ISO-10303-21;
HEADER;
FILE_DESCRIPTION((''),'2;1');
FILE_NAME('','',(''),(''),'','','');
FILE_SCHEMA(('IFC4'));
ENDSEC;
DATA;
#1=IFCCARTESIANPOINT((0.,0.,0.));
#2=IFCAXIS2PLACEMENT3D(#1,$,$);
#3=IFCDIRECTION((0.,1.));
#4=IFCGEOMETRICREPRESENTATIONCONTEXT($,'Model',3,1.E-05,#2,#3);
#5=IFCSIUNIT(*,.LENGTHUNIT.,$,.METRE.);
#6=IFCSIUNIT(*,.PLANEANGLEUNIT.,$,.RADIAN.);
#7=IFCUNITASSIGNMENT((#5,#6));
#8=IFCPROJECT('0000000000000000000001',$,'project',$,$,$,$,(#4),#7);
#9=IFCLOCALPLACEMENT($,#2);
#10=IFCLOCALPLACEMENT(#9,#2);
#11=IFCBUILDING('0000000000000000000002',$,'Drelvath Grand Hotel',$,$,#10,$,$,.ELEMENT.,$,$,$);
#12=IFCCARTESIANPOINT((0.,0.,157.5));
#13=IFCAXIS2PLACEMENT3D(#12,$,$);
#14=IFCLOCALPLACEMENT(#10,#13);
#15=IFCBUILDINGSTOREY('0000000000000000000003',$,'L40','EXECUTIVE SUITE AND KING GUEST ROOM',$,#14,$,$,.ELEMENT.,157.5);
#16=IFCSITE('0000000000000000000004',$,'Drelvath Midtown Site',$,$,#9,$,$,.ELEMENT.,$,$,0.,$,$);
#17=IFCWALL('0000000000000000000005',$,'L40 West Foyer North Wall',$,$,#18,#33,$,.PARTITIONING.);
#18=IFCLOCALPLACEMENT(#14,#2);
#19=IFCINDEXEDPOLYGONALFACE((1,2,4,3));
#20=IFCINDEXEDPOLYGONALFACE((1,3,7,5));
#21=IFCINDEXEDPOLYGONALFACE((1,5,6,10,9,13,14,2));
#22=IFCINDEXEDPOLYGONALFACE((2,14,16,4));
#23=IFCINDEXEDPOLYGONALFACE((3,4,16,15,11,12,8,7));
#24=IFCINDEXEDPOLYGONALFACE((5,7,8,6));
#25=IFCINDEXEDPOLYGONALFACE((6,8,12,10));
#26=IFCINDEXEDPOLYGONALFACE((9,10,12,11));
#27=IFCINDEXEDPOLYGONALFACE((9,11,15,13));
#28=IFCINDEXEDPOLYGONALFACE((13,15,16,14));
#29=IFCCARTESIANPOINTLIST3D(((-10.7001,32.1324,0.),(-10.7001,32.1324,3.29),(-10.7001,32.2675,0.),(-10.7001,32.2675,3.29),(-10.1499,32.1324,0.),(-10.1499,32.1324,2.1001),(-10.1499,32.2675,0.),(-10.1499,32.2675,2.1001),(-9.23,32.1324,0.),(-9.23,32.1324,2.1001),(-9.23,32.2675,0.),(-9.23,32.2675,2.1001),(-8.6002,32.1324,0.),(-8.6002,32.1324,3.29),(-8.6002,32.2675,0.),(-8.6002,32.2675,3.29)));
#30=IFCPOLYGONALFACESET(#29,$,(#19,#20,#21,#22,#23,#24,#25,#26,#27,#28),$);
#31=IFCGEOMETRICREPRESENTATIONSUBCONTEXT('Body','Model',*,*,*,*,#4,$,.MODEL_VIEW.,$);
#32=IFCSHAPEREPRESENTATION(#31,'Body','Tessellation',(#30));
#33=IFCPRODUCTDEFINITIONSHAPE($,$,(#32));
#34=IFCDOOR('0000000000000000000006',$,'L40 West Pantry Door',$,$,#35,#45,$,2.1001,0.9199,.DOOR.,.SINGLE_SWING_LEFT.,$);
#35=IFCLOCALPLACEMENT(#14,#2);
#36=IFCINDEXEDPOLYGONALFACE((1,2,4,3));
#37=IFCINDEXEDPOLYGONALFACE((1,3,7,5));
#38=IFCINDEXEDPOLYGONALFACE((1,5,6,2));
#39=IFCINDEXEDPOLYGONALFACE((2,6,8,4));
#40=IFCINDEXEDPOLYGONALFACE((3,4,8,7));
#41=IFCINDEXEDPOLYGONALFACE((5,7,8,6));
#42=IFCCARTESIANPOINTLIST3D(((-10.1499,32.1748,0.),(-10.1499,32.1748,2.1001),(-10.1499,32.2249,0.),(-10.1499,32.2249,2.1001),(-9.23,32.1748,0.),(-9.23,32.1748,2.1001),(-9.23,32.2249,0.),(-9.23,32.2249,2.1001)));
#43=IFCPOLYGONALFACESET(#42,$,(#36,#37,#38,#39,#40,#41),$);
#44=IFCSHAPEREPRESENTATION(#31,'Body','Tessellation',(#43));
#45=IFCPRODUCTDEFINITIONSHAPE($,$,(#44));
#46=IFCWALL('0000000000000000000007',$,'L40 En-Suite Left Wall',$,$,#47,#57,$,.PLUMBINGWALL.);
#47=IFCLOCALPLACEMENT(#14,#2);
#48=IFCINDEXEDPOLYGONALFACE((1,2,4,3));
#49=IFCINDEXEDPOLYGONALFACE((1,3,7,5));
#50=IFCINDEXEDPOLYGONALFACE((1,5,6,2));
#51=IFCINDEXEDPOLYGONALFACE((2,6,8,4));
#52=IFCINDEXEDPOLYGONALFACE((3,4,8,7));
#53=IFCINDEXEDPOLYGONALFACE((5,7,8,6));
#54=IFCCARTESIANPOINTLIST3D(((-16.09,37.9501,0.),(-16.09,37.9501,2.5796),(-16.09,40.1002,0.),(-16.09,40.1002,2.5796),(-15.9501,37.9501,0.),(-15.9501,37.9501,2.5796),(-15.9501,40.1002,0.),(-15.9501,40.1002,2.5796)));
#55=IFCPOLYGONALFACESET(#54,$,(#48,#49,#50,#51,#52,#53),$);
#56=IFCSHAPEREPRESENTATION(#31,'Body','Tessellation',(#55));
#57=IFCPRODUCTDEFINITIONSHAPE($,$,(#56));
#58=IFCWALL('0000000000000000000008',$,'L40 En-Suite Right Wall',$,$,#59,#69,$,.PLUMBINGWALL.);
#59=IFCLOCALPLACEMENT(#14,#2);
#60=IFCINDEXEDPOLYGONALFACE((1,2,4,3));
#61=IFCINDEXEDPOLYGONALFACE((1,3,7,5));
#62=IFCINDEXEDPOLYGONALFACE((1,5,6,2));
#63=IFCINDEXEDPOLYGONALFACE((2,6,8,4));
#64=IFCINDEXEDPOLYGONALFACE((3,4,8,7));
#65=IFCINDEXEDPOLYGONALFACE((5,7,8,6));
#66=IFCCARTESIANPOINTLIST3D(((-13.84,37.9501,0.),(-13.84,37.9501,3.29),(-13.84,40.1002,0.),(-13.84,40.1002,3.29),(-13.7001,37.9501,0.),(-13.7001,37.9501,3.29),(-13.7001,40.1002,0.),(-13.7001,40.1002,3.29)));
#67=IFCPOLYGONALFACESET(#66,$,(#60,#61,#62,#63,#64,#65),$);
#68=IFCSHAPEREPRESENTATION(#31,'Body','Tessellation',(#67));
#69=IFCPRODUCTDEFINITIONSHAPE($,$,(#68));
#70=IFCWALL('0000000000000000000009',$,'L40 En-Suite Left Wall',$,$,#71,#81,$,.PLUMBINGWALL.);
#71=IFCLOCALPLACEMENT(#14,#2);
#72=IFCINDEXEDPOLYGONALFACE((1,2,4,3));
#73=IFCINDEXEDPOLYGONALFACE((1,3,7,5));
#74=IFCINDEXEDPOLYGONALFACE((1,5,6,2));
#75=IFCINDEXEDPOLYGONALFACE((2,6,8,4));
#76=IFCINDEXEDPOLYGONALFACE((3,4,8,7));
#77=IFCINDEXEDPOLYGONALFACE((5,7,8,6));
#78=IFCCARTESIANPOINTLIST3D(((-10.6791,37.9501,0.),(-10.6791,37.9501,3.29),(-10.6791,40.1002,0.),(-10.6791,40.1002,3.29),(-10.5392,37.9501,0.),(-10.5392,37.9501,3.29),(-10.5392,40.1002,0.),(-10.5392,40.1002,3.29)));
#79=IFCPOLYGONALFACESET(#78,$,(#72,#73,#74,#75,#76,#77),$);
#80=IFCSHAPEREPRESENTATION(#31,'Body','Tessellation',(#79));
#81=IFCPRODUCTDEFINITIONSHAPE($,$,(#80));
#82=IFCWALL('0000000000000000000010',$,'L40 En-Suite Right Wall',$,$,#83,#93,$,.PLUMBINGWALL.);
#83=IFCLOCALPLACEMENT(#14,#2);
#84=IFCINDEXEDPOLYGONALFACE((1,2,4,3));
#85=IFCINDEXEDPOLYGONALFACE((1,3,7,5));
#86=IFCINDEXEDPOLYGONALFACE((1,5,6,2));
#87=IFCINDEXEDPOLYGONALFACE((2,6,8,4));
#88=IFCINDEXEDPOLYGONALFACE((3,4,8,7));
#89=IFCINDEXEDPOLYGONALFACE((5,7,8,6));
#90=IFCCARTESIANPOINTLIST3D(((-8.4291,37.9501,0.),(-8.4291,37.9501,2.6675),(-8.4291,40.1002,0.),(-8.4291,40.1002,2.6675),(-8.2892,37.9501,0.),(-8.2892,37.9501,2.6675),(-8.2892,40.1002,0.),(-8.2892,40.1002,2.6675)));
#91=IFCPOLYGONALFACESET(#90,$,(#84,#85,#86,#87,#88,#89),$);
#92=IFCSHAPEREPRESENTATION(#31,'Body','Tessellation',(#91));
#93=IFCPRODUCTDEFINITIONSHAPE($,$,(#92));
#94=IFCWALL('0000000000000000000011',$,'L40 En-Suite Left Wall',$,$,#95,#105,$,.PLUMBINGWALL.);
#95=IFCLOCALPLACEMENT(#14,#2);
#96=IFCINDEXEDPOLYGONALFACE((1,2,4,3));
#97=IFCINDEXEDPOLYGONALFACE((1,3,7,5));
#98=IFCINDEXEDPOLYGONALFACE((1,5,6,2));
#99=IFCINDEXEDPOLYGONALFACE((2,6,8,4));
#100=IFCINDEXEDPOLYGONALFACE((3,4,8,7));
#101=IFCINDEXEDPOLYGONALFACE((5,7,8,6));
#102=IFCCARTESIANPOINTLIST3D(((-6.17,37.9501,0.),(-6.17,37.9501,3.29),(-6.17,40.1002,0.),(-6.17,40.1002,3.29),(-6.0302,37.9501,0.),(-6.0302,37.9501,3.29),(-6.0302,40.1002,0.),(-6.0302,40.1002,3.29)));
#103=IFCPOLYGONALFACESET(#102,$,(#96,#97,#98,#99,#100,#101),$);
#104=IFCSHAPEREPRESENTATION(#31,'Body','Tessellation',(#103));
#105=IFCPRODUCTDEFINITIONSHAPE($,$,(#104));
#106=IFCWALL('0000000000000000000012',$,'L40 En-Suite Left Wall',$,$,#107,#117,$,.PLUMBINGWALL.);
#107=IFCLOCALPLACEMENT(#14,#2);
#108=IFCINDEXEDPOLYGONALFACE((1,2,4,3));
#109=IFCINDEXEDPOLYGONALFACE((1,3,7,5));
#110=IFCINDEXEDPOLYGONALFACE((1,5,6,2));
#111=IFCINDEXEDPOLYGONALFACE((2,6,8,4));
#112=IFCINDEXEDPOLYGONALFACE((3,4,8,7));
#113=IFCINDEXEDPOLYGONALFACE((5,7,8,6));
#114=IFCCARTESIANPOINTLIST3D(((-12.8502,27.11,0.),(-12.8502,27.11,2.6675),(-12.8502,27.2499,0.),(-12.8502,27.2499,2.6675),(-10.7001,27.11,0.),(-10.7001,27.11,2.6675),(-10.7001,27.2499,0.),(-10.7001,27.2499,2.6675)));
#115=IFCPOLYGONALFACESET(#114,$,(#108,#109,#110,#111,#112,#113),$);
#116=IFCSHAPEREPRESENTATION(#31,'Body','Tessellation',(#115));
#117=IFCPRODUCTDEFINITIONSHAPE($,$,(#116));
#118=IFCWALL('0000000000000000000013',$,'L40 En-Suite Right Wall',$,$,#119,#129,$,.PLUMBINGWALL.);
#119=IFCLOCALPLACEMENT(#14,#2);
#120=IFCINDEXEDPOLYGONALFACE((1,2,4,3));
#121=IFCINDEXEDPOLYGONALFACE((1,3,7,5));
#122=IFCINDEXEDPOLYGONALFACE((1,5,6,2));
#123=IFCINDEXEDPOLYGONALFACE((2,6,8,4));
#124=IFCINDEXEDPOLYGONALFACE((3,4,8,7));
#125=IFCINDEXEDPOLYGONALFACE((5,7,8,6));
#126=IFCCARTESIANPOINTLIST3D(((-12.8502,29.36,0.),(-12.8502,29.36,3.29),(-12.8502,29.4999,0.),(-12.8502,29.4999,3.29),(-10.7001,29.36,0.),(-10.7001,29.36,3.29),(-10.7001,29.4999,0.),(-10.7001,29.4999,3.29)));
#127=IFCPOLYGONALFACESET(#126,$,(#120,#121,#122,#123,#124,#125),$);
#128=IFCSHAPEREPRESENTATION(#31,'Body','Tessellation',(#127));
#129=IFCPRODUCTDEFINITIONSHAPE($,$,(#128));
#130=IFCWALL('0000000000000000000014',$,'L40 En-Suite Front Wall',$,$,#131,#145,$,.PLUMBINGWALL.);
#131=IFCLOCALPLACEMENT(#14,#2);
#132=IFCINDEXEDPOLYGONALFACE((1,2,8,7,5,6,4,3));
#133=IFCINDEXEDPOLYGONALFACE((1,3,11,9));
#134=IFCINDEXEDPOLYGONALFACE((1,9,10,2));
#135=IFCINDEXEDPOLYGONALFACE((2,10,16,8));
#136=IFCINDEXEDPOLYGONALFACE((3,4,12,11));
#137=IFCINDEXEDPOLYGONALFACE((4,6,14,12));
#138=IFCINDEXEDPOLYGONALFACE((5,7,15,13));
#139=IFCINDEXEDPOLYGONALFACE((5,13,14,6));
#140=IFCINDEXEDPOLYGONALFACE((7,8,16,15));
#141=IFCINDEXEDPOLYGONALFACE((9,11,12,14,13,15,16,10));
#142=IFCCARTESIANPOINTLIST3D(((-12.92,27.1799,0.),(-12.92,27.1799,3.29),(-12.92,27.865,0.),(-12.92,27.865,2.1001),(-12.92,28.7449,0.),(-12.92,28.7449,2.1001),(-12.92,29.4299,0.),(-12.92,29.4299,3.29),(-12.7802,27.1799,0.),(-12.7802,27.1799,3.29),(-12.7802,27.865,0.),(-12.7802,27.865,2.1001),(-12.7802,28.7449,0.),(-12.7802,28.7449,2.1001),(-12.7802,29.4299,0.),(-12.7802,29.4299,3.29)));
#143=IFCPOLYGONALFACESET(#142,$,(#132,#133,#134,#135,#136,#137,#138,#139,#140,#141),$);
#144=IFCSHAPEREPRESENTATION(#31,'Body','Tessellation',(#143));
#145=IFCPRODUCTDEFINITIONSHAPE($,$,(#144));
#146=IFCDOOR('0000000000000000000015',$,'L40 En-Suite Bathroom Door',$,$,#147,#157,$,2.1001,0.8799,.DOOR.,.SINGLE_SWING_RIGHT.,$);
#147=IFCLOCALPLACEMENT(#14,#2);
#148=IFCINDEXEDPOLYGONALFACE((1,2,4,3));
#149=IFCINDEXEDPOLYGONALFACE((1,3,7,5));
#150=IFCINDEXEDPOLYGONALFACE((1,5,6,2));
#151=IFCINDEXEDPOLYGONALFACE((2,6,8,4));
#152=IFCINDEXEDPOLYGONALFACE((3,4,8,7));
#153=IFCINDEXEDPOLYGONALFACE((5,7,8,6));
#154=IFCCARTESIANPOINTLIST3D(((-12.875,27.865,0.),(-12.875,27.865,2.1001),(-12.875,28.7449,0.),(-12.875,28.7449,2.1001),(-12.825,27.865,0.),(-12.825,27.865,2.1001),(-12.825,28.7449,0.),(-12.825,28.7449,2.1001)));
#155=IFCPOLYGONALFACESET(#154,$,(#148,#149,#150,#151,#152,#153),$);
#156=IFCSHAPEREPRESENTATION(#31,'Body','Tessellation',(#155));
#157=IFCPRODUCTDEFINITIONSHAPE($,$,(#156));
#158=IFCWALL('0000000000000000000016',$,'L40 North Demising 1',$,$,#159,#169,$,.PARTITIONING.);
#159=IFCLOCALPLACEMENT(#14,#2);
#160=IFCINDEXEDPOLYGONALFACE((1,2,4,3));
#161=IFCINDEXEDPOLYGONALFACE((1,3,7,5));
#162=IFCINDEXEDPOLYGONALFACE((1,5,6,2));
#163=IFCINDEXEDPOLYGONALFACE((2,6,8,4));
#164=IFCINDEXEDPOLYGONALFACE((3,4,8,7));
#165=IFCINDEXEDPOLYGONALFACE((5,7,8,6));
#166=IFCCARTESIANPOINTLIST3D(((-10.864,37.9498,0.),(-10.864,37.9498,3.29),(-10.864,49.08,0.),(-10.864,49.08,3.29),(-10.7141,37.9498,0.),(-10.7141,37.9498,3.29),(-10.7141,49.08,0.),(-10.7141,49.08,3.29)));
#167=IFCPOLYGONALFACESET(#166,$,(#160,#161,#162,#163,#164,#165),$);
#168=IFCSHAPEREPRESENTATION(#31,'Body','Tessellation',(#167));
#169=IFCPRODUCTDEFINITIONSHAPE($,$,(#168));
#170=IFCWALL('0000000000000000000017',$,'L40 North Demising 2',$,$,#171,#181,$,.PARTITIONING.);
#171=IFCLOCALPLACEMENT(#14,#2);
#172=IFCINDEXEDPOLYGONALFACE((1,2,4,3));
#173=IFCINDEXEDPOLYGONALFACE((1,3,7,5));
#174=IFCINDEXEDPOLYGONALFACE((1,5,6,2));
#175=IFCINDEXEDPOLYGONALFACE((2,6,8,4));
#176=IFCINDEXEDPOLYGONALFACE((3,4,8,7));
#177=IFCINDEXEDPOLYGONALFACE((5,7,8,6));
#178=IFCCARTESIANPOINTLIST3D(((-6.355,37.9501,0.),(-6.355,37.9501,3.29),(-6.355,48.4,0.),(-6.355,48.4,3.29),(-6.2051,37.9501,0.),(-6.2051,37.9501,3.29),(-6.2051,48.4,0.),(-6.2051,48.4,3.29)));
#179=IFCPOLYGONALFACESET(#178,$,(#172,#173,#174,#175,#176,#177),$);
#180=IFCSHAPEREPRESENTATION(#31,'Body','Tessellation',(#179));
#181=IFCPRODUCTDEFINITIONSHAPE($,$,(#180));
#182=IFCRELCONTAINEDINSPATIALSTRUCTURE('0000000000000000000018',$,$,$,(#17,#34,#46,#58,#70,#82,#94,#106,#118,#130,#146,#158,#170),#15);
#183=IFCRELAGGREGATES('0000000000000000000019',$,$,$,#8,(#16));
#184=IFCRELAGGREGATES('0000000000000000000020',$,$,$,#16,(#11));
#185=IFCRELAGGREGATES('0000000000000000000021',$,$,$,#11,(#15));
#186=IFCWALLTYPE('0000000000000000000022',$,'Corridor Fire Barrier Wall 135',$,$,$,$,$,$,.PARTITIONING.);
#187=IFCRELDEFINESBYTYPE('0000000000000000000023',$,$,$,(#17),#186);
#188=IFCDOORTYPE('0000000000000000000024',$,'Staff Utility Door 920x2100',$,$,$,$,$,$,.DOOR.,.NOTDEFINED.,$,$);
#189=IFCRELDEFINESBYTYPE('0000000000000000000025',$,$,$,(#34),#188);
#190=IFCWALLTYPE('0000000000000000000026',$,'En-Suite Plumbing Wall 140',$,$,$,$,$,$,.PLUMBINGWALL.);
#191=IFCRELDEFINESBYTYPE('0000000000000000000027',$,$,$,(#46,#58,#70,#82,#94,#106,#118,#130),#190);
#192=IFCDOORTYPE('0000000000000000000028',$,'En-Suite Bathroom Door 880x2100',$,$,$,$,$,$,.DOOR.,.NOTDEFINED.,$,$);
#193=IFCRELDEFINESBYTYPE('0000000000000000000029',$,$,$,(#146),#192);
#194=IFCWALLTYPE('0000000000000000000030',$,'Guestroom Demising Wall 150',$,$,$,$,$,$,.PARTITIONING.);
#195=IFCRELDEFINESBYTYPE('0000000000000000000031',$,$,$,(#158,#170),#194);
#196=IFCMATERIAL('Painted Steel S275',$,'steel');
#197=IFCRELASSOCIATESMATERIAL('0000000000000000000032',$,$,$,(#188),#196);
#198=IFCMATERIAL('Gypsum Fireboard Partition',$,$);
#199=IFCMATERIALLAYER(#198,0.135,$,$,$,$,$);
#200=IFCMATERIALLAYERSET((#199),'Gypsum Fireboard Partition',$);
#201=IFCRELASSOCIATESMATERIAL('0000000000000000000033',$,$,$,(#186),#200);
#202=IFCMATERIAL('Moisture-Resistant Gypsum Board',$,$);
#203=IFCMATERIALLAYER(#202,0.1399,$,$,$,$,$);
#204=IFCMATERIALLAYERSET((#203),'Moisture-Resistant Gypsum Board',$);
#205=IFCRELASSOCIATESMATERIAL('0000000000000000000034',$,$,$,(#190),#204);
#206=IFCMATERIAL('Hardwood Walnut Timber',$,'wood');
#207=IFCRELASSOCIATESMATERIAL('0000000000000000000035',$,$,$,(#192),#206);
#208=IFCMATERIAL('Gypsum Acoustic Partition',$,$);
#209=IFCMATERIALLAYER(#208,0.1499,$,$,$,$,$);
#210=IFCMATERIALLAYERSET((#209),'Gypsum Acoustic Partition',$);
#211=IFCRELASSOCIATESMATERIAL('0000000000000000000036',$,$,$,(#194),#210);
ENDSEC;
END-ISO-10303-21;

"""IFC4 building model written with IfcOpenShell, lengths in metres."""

from ifc_helpers import new_model, si_unit, direction, frame, frame_2d, origin, place, context, subcontext, project, spatial, rectangle, extrude, material, layer, layer_set, type_object, element, fill, save


model = new_model("IFC4")

# Units and contexts
model_context = context("Model", 3, precision=1e-05, world=origin(), true_north=direction((0.0, 1.0)))
body_context = subcontext(model_context, "Body", "Model", "MODEL_VIEW")
ifc_project = project(units=[si_unit("LENGTHUNIT", "METRE"), si_unit("PLANEANGLEUNIT", "RADIAN")], contexts=[model_context])

# Site, building, storey
site_placement = place(None, origin())
site = spatial("IfcSite", under=ifc_project, at=site_placement, Name="Drelvath Midtown Site", CompositionType="ELEMENT", RefElevation=0.0)
building_placement = place(site_placement, origin())
building = spatial("IfcBuilding", under=site, at=building_placement, Name="Drelvath Grand Hotel", CompositionType="ELEMENT")
storey_placement = place(building_placement, frame((0.0, 0.0, 157.5)))
storey = spatial("IfcBuildingStorey", under=building, at=storey_placement, Name="L40", Description="EXECUTIVE SUITE AND KING GUEST ROOM", CompositionType="ELEMENT", Elevation=157.5)

# Shared definitions
ifc_material_1 = material(Name="Painted Steel S275", Category="steel")
door_type_1 = type_object("IfcDoorType", Name="Staff Utility Door 920x2100", OperationType="NOTDEFINED", PredefinedType="DOOR", material=ifc_material_1)

# Shared definitions
ifc_material_2 = material(Name="Gypsum Fireboard Partition")

# Wall, opening, door
ifc_layer_1 = layer(ifc_material_2, 0.135)
ifc_layer_set_1 = layer_set([ifc_layer_1], Name="Gypsum Fireboard Partition")
wall_type_1 = type_object("IfcWallType", Name="Corridor Fire Barrier Wall 135", PredefinedType="PARTITIONING", material=ifc_layer_set_1)
wall_1_placement = place(storey_placement, frame((-10.7, 32.2, 0.0), z_axis=(0.0, 0.0, 1.0), x_axis=(1.0, 0.0, 0.0)))
wall_1 = element("IfcWall", 1, at=wall_1_placement, inside=storey, type_object=wall_type_1, Name="L40 West Foyer North Wall", PredefinedType="PARTITIONING", context=body_context, shape_type="SweptSolid", body=[
    extrude(rectangle(XDim=2.0999, YDim=0.135, at=frame_2d((1.0498, 0.0))), origin(), (0.0, 0.0, 1.0), 3.29),
])
opening_1_placement = place(wall_1_placement, frame((0.55, 0.0, 0.0)))
opening_1 = element("IfcOpeningElement", 2, at=opening_1_placement, cuts=wall_1, PredefinedType="OPENING", context=body_context, shape_type="SweptSolid", body=[
    extrude(rectangle(XDim=0.9199, YDim=2.1001, at=frame_2d((0.46, 1.05))), frame((0.0, 0.0774, 0.0), z_axis=(0.0, -1.0, 0.0), x_axis=(1.0, 0.0, 0.0)), (0.0, 0.0, 1.0), 0.155),
])
door_1_placement = place(opening_1_placement, origin())
door_1 = element("IfcDoor", 3, at=door_1_placement, inside=storey, type_object=door_type_1, Name="L40 West Pantry Door", OperationType="SINGLE_SWING_LEFT", OverallHeight=2.1001, OverallWidth=0.9199, PredefinedType="DOOR", context=body_context, shape_type="SweptSolid", body=[
    extrude(rectangle(XDim=0.9199, YDim=2.1001, at=frame_2d((0.46, 1.05))), frame((0.0, 0.0249, 0.0), z_axis=(0.0, -1.0, 0.0), x_axis=(1.0, 0.0, 0.0)), (0.0, 0.0, 1.0), 0.05),
])
fill(opening_1, door_1)

# Walls
ifc_material_3 = material(Name="Moisture-Resistant Gypsum Board")
ifc_layer_2 = layer(ifc_material_3, 0.1399)
ifc_layer_set_2 = layer_set([ifc_layer_2], Name="Moisture-Resistant Gypsum Board")
wall_type_2 = type_object("IfcWallType", Name="En-Suite Plumbing Wall 140", PredefinedType="PLUMBINGWALL", material=ifc_layer_set_2)
wall_2_placement = place(storey_placement, frame((-16.02, 37.95, 0.0), z_axis=(0.0, 0.0, 1.0), x_axis=(0.0, 1.0, 0.0)))
element("IfcWall", 4, at=wall_2_placement, inside=storey, type_object=wall_type_2, Name="L40 En-Suite Left Wall", PredefinedType="PLUMBINGWALL", context=body_context, shape_type="SweptSolid", body=[
    extrude(rectangle(XDim=2.1501, YDim=0.1399, at=frame_2d((1.0752, 0.0))), origin(), (0.0, 0.0, 1.0), 2.5796),
])
for number, where, z_axis, x_axis, name in (
    (5, (-13.77, 37.95, 0.0), (0.0, 0.0, 1.0), (0.0, 1.0, 0.0), "L40 En-Suite Right Wall"),
    (6, (-10.6091, 37.95, 0.0), (0.0, 0.0, 1.0), (0.0, 1.0, 0.0), "L40 En-Suite Left Wall"),
):
    element("IfcWall", number, at=place(storey_placement, frame(where, z_axis=z_axis, x_axis=x_axis)), inside=storey, type_object=wall_type_2, Name=name, PredefinedType="PLUMBINGWALL", context=body_context, shape_type="SweptSolid", body=[
        extrude(rectangle(XDim=2.1501, YDim=0.1399, at=frame_2d((1.0752, 0.0))), origin(), (0.0, 0.0, 1.0), 3.29),
    ])
wall_3_placement = place(storey_placement, frame((-8.3591, 37.95, 0.0), z_axis=(0.0, 0.0, 1.0), x_axis=(0.0, 1.0, 0.0)))
element("IfcWall", 7, at=wall_3_placement, inside=storey, type_object=wall_type_2, Name="L40 En-Suite Right Wall", PredefinedType="PLUMBINGWALL", context=body_context, shape_type="SweptSolid", body=[
    extrude(rectangle(XDim=2.1501, YDim=0.1399, at=frame_2d((1.0752, 0.0))), origin(), (0.0, 0.0, 1.0), 2.6675),
])
wall_4_placement = place(storey_placement, frame((-6.1001, 37.95, 0.0), z_axis=(0.0, 0.0, 1.0), x_axis=(0.0, 1.0, 0.0)))
element("IfcWall", 8, at=wall_4_placement, inside=storey, type_object=wall_type_2, Name="L40 En-Suite Left Wall", PredefinedType="PLUMBINGWALL", context=body_context, shape_type="SweptSolid", body=[
    extrude(rectangle(XDim=2.1501, YDim=0.1399, at=frame_2d((1.0752, 0.0))), origin(), (0.0, 0.0, 1.0), 3.29),
])
wall_5_placement = place(storey_placement, frame((-10.7, 27.1799, 0.0), z_axis=(0.0, 0.0, 1.0), x_axis=(-1.0, 0.0, 0.0)))
element("IfcWall", 9, at=wall_5_placement, inside=storey, type_object=wall_type_2, Name="L40 En-Suite Left Wall", PredefinedType="PLUMBINGWALL", context=body_context, shape_type="SweptSolid", body=[
    extrude(rectangle(XDim=2.1501, YDim=0.1399, at=frame_2d((1.0752, 0.0))), origin(), (0.0, 0.0, 1.0), 2.6675),
])
wall_6_placement = place(storey_placement, frame((-10.7, 29.4299, 0.0), z_axis=(0.0, 0.0, 1.0), x_axis=(-1.0, 0.0, 0.0)))
element("IfcWall", 10, at=wall_6_placement, inside=storey, type_object=wall_type_2, Name="L40 En-Suite Right Wall", PredefinedType="PLUMBINGWALL", context=body_context, shape_type="SweptSolid", body=[
    extrude(rectangle(XDim=2.1501, YDim=0.1399, at=frame_2d((1.0752, 0.0))), origin(), (0.0, 0.0, 1.0), 3.29),
])

# Wall, opening, door
wall_7_placement = place(storey_placement, frame((-12.8501, 27.1799, 0.0), z_axis=(0.0, 0.0, 1.0), x_axis=(0.0, 1.0, 0.0)))
wall_7 = element("IfcWall", 11, at=wall_7_placement, inside=storey, type_object=wall_type_2, Name="L40 En-Suite Front Wall", PredefinedType="PLUMBINGWALL", context=body_context, shape_type="SweptSolid", body=[
    extrude(rectangle(XDim=2.25, YDim=0.1399, at=frame_2d((1.125, 0.0))), origin(), (0.0, 0.0, 1.0), 3.29),
])
opening_2_placement = place(wall_7_placement, frame((0.6851, 0.0, 0.0)))
opening_2 = element("IfcOpeningElement", 12, at=opening_2_placement, cuts=wall_7, PredefinedType="OPENING", context=body_context, shape_type="SweptSolid", body=[
    extrude(rectangle(XDim=0.8799, YDim=2.1001, at=frame_2d((0.4399, 1.05))), frame((0.0, 0.0798, 0.0), z_axis=(0.0, -1.0, 0.0), x_axis=(1.0, 0.0, 0.0)), (0.0, 0.0, 1.0), 0.1599),
])
ifc_material_4 = material(Name="Hardwood Walnut Timber", Category="wood")
door_type_2 = type_object("IfcDoorType", Name="En-Suite Bathroom Door 880x2100", OperationType="NOTDEFINED", PredefinedType="DOOR", material=ifc_material_4)
door_2_placement = place(opening_2_placement, origin())
door_2 = element("IfcDoor", 13, at=door_2_placement, inside=storey, type_object=door_type_2, Name="L40 En-Suite Bathroom Door", OperationType="SINGLE_SWING_RIGHT", OverallHeight=2.1001, OverallWidth=0.8799, PredefinedType="DOOR", context=body_context, shape_type="SweptSolid", body=[
    extrude(rectangle(XDim=0.8799, YDim=2.1001, at=frame_2d((0.4399, 1.05))), frame((0.0, 0.0249, 0.0), z_axis=(0.0, -1.0, 0.0), x_axis=(1.0, 0.0, 0.0)), (0.0, 0.0, 1.0), 0.05),
])
fill(opening_2, door_2)

# Walls
ifc_material_5 = material(Name="Gypsum Acoustic Partition")
ifc_layer_3 = layer(ifc_material_5, 0.1499)
ifc_layer_set_3 = layer_set([ifc_layer_3], Name="Gypsum Acoustic Partition")
wall_type_3 = type_object("IfcWallType", Name="Guestroom Demising Wall 150", PredefinedType="PARTITIONING", material=ifc_layer_set_3)
wall_8_placement = place(storey_placement, frame((-10.7891, 37.95, 0.0), z_axis=(0.0, 0.0, 1.0), x_axis=(0.0, 1.0, 0.0)))
element("IfcWall", 14, at=wall_8_placement, inside=storey, type_object=wall_type_3, Name="L40 North Demising 1", PredefinedType="PARTITIONING", context=body_context, shape_type="SweptSolid", body=[
    extrude(rectangle(XDim=11.1301, YDim=0.1499, at=frame_2d((5.5649, 0.0))), origin(), (0.0, 0.0, 1.0), 3.29),
])
wall_9_placement = place(storey_placement, frame((-6.28, 37.95, 0.0), z_axis=(0.0, 0.0, 1.0), x_axis=(0.0, 1.0, 0.0)))
element("IfcWall", 15, at=wall_9_placement, inside=storey, type_object=wall_type_3, Name="L40 North Demising 2", PredefinedType="PARTITIONING", context=body_context, shape_type="SweptSolid", body=[
    extrude(rectangle(XDim=10.45, YDim=0.1499, at=frame_2d((5.2251, 0.0))), origin(), (0.0, 0.0, 1.0), 3.29),
])

save(model, "model.ifc")
